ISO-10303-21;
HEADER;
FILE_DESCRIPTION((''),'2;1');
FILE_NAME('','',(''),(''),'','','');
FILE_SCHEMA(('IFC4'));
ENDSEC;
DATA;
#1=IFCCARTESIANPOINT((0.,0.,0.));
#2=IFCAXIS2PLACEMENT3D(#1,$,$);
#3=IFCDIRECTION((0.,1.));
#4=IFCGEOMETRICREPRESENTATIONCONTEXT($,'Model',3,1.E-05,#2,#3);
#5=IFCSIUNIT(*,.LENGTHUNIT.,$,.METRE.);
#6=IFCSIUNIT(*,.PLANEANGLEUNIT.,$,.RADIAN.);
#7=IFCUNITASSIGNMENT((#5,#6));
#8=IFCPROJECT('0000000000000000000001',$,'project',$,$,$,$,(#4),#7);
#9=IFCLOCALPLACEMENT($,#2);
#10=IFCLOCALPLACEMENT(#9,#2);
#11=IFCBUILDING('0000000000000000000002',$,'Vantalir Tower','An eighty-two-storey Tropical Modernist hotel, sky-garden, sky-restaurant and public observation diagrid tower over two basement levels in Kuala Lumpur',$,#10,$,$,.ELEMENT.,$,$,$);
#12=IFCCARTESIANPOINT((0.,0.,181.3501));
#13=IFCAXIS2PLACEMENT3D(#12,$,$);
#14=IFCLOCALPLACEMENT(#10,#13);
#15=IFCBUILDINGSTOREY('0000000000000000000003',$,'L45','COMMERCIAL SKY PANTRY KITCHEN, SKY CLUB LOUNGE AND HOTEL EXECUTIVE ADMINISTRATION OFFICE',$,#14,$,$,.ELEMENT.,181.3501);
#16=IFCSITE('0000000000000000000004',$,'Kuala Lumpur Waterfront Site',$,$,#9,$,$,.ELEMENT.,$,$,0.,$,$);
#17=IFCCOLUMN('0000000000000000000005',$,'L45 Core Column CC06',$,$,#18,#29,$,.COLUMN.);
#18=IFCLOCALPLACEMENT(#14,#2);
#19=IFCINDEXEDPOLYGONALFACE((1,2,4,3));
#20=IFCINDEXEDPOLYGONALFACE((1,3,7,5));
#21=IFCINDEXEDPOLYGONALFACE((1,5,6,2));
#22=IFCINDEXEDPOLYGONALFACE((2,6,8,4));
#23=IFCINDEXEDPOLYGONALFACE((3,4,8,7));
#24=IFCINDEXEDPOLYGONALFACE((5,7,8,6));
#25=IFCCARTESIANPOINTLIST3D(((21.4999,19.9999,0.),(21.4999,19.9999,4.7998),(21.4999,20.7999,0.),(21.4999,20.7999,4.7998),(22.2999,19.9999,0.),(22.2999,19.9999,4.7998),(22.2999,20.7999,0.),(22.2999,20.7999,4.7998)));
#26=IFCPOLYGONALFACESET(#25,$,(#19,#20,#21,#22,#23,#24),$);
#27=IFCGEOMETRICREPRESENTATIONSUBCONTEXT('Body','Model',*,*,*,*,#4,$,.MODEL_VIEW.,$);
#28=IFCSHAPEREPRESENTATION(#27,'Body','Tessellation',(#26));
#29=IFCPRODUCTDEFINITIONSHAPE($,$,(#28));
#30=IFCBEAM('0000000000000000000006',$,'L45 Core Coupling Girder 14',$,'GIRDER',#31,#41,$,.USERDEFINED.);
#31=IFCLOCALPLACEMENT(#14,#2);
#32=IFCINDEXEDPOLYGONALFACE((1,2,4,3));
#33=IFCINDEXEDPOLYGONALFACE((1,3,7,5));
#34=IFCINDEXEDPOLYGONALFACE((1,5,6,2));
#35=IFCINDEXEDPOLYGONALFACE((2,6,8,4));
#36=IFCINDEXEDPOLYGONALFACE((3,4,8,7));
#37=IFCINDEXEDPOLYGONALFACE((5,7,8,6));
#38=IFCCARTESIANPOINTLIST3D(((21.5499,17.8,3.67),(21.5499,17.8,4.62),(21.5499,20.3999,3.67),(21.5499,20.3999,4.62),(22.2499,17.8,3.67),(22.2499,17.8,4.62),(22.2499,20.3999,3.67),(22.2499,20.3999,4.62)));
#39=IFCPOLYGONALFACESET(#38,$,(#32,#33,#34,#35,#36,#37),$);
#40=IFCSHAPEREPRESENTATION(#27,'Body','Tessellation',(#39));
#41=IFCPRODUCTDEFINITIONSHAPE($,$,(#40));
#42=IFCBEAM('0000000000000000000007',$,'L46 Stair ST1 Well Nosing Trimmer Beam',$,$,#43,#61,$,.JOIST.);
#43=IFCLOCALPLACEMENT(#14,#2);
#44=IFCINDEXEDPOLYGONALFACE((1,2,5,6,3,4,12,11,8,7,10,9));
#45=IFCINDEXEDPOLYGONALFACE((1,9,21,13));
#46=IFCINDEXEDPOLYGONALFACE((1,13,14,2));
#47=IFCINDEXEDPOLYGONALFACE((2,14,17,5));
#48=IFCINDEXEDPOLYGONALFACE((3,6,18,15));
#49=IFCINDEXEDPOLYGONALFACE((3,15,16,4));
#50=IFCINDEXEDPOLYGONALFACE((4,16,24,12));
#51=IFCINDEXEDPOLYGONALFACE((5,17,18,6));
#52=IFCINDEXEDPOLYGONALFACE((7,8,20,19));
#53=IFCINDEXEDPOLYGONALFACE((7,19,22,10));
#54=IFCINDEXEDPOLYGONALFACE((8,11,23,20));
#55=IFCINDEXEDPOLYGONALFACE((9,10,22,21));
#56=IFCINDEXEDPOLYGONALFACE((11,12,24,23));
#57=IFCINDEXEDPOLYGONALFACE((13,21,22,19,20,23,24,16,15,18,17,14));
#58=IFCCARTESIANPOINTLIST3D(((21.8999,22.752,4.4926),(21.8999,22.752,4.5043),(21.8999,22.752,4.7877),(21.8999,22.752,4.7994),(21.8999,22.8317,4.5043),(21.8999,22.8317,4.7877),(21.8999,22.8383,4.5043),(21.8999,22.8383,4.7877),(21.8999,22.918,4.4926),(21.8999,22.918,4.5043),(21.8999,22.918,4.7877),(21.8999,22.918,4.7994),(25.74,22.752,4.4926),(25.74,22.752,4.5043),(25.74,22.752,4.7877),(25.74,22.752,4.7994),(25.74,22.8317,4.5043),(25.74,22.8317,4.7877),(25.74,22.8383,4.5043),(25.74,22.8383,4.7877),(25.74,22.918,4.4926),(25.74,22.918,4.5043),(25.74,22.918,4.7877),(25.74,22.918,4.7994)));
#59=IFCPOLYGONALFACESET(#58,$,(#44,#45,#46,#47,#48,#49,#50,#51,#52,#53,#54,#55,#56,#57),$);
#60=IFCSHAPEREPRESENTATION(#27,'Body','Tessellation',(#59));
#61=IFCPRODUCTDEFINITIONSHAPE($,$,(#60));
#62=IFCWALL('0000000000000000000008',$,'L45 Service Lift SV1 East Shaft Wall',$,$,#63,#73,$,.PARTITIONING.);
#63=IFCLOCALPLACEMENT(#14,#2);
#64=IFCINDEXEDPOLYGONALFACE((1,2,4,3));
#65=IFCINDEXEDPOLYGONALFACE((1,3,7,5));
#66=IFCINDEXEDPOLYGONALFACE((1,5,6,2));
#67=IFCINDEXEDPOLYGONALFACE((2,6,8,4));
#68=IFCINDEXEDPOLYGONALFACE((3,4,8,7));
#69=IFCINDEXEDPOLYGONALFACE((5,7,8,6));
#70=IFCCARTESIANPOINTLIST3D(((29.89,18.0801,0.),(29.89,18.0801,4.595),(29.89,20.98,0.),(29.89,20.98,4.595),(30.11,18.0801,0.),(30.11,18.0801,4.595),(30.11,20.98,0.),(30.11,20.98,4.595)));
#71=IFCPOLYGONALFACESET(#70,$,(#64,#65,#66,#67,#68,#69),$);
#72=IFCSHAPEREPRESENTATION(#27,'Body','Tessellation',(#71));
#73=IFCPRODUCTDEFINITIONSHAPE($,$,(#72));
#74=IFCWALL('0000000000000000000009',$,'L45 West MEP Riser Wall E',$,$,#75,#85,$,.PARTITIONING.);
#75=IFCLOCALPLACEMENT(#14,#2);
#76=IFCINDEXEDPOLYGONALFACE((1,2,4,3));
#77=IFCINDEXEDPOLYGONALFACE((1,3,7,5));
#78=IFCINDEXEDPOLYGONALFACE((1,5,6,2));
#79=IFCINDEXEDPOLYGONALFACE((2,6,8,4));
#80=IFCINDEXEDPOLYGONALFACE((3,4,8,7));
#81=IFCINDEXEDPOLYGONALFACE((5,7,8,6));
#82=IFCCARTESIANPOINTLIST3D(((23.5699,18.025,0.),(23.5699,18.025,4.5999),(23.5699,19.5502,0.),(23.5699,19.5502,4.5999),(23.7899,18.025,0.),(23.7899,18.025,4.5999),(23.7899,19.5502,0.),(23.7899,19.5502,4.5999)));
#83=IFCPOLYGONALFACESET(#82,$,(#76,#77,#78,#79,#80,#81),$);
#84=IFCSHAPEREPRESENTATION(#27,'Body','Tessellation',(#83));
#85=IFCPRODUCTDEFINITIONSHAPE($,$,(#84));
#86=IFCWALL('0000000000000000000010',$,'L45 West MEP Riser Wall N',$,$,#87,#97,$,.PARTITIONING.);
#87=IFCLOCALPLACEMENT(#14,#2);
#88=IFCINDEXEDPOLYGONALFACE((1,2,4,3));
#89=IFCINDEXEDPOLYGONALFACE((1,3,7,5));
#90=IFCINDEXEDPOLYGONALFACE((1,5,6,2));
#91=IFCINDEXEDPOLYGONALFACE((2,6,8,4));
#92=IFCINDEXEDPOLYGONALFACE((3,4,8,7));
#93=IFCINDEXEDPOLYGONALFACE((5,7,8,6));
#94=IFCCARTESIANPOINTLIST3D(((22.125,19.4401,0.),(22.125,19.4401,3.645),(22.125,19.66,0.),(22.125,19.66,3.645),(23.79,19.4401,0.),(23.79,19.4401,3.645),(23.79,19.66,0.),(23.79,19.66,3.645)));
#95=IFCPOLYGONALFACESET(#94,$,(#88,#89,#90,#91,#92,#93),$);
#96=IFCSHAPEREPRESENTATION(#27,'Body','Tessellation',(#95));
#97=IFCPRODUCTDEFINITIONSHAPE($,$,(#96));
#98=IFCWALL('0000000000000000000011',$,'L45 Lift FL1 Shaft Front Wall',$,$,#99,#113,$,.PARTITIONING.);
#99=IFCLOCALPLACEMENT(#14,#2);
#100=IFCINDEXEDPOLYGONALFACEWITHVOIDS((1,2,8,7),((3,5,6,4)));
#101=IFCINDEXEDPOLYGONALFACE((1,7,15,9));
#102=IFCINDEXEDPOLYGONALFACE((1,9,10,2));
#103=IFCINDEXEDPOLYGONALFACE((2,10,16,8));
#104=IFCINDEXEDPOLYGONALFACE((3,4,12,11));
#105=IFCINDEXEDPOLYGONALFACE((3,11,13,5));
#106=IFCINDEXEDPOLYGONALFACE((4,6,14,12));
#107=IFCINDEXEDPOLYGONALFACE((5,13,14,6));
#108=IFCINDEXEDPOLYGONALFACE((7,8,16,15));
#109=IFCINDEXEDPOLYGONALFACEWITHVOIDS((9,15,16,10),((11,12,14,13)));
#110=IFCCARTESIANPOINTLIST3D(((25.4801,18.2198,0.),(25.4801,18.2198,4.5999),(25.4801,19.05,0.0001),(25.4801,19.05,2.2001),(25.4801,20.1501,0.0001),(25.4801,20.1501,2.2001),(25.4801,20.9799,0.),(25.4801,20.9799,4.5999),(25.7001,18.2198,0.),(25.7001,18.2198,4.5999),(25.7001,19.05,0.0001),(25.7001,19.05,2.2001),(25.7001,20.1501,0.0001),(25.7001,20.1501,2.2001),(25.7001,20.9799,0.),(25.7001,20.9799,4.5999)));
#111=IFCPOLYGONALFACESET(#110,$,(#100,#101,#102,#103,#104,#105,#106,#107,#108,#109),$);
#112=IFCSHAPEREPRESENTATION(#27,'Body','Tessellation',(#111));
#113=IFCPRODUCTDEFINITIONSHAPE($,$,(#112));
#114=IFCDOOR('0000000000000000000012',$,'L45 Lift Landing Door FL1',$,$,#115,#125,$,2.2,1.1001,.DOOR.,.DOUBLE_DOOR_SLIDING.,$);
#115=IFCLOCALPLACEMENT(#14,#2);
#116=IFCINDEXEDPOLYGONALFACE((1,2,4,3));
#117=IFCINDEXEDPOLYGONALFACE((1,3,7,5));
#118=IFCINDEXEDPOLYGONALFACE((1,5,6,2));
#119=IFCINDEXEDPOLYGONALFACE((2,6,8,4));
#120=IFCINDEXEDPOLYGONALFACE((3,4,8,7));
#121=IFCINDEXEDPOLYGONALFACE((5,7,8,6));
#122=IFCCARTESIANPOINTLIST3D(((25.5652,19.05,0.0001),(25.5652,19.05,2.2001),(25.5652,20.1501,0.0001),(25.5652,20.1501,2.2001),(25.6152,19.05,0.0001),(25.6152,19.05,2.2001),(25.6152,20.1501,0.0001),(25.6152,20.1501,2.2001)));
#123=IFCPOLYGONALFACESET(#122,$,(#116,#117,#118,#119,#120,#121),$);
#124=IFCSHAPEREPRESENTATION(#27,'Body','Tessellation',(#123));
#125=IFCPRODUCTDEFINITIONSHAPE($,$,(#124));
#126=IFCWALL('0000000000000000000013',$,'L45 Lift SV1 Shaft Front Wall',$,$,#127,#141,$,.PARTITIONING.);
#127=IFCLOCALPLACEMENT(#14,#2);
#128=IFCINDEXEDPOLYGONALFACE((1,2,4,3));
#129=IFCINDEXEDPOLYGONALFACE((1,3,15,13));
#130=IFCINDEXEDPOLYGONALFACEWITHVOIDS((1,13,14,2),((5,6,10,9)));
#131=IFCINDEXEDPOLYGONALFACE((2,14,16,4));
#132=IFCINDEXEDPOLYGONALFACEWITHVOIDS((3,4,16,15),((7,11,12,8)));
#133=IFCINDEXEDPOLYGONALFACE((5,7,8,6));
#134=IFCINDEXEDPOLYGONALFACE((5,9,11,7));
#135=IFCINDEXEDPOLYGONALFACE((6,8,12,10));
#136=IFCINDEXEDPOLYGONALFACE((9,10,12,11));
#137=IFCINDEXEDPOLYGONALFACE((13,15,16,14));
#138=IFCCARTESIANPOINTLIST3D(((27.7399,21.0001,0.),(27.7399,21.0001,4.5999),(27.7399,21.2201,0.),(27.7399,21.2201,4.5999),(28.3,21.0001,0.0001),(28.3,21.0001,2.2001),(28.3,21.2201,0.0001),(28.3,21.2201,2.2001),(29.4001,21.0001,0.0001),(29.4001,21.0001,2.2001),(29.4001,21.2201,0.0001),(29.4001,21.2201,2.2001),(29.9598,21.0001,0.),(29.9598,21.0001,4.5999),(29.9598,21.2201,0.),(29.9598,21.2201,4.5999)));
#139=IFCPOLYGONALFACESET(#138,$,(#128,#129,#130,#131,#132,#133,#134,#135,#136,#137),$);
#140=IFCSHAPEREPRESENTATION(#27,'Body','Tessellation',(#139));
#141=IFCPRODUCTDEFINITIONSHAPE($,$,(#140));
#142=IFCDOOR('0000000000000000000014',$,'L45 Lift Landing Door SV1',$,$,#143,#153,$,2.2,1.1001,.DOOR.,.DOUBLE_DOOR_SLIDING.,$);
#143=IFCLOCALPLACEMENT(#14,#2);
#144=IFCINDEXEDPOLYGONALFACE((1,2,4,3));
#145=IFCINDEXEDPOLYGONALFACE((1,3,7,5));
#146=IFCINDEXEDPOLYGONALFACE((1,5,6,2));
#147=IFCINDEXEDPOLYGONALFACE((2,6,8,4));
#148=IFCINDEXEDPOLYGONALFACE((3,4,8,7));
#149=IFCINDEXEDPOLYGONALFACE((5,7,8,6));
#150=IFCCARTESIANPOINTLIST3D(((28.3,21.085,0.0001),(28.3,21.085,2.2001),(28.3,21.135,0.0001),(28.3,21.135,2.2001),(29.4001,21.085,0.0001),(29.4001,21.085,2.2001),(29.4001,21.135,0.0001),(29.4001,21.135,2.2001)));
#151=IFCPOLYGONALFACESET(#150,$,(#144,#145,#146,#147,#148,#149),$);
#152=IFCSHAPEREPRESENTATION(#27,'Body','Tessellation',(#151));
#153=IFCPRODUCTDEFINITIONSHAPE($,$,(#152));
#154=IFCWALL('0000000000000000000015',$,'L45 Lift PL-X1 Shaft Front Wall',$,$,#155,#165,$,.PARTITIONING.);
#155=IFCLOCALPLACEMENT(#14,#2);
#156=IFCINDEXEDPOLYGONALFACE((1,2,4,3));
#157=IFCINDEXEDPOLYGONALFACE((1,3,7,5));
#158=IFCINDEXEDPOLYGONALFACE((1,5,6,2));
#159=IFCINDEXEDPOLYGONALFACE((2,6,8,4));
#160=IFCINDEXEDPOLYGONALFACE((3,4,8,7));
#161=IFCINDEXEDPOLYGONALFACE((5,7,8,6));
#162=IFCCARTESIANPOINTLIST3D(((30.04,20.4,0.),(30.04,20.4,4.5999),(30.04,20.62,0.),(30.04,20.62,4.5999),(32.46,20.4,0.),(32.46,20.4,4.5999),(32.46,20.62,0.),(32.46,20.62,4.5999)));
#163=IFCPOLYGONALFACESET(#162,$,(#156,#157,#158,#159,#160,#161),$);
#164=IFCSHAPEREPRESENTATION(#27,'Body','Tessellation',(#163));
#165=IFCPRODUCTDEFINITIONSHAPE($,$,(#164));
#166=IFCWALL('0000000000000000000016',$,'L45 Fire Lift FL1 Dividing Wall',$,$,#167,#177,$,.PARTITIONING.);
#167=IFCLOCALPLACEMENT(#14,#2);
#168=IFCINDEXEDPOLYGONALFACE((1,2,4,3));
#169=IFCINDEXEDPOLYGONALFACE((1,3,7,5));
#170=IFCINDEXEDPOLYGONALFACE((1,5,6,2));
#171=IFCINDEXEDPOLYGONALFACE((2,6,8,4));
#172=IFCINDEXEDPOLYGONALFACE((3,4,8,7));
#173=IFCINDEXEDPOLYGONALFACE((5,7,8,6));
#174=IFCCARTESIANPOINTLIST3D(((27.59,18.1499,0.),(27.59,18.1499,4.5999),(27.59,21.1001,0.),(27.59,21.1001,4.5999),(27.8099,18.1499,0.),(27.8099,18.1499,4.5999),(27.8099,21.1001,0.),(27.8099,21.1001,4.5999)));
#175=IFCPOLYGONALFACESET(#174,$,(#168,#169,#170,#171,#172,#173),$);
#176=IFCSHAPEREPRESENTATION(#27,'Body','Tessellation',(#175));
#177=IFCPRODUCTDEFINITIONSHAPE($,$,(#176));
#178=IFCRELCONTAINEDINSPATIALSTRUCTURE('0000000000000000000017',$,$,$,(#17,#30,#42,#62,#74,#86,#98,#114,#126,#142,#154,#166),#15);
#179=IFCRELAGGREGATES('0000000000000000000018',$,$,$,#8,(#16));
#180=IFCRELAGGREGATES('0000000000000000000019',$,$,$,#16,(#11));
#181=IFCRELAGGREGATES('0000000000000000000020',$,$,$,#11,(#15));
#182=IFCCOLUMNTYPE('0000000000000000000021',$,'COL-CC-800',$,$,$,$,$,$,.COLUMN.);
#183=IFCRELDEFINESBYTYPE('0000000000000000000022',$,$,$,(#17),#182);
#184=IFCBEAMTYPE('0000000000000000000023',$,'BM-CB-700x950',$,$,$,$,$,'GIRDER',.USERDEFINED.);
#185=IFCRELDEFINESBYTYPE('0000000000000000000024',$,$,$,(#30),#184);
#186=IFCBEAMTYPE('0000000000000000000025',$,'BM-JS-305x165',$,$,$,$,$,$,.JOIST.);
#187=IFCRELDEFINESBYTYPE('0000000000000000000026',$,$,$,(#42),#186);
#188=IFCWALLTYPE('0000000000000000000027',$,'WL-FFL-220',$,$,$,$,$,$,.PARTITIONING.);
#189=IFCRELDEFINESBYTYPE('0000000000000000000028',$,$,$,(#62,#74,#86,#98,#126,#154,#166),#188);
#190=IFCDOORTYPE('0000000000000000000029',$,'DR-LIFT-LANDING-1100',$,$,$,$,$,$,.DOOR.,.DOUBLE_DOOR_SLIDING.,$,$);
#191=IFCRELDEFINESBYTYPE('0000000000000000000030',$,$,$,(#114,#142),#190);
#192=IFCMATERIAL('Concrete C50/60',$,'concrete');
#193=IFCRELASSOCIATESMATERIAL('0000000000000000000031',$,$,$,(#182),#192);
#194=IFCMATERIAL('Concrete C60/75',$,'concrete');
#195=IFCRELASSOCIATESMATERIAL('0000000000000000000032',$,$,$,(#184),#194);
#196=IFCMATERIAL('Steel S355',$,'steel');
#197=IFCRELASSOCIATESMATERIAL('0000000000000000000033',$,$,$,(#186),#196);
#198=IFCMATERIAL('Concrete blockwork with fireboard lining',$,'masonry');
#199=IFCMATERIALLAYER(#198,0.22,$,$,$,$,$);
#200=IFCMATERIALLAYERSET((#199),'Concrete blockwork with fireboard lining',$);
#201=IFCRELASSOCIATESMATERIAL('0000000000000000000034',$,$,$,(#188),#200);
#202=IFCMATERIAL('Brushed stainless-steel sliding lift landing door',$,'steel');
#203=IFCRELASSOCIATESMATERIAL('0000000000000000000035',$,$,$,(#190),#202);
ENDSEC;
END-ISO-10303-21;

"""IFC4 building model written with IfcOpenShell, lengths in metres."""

from ifc_helpers import new_model, si_unit, direction, frame, frame_2d, origin, origin_2d, place, context, subcontext, project, spatial, rectangle, i_section, extrude, material, layer, layer_set, material_profile, profile_set, type_object, element, fill, save


model = new_model("IFC4")

# Units and contexts
model_context = context("Model", 3, precision=1e-05, world=origin(), true_north=direction((0.0, 1.0)))
body_context = subcontext(model_context, "Body", "Model", "MODEL_VIEW")
ifc_project = project(units=[si_unit("LENGTHUNIT", "METRE"), si_unit("PLANEANGLEUNIT", "RADIAN")], contexts=[model_context])

# Site, building, storey
site_placement = place(None, origin())
site = spatial("IfcSite", under=ifc_project, at=site_placement, Name="Kuala Lumpur Waterfront Site", CompositionType="ELEMENT", RefElevation=0.0)
building_placement = place(site_placement, origin())
building = spatial("IfcBuilding", under=site, at=building_placement, Name="Vantalir Tower", Description="An eighty-two-storey Tropical Modernist hotel, sky-garden, sky-restaurant and public observation diagrid tower over two basement levels in Kuala Lumpur", CompositionType="ELEMENT")
storey_placement = place(building_placement, frame((0.0, 0.0, 181.3501)))
storey = spatial("IfcBuildingStorey", under=building, at=storey_placement, Name="L45", Description="COMMERCIAL SKY PANTRY KITCHEN, SKY CLUB LOUNGE AND HOTEL EXECUTIVE ADMINISTRATION OFFICE", CompositionType="ELEMENT", Elevation=181.3501)

# Column
ifc_material_1 = material(Name="Concrete C50/60", Category="concrete")
ifc_material_profile_1 = material_profile(ifc_material_1, rectangle(XDim=0.8, YDim=0.8, at=origin_2d()), Name="Concrete C50/60")
ifc_profile_set_1 = profile_set([ifc_material_profile_1], Name="Concrete C50/60")
column_type = type_object("IfcColumnType", Name="COL-CC-800", PredefinedType="COLUMN", material=ifc_profile_set_1)
column_placement = place(storey_placement, frame((21.8999, 20.3999, 0.0), z_axis=(0.0, 0.0, 1.0), x_axis=(1.0, 0.0, 0.0)))
element("IfcColumn", 1, at=column_placement, inside=storey, type_object=column_type, Name="L45 Core Column CC06", PredefinedType="COLUMN", context=body_context, shape_type="SweptSolid", body=[
    extrude(rectangle(XDim=0.8, YDim=0.8, at=origin_2d()), origin(), (0.0, 0.0, 1.0), 4.7998),
])

# Beams
ifc_material_2 = material(Name="Concrete C60/75", Category="concrete")
ifc_material_profile_2 = material_profile(ifc_material_2, rectangle(XDim=0.7, YDim=0.95, at=origin_2d()), Name="Concrete C60/75")
ifc_profile_set_2 = profile_set([ifc_material_profile_2], Name="Concrete C60/75")
beam_type_1 = type_object("IfcBeamType", Name="BM-CB-700x950", ElementType="GIRDER", PredefinedType="USERDEFINED", material=ifc_profile_set_2)
beam_1_placement = place(storey_placement, frame((21.8999, 20.3999, 4.145), z_axis=(0.0, -1.0, 0.0), x_axis=(1.0, 0.0, 0.0)))
element("IfcBeam", 2, at=beam_1_placement, inside=storey, type_object=beam_type_1, Name="L45 Core Coupling Girder 14", ObjectType="GIRDER", PredefinedType="USERDEFINED", context=body_context, shape_type="SweptSolid", body=[
    extrude(rectangle(XDim=0.7, YDim=0.95, at=origin_2d()), origin(), (0.0, 0.0, 1.0), 2.5999),
])
ifc_material_3 = material(Name="Steel S355", Category="steel")
ifc_material_profile_3 = material_profile(ifc_material_3, i_section(OverallWidth=0.166, OverallDepth=0.3069, WebThickness=0.0066, FlangeThickness=0.0117, at=origin_2d()), Name="Steel S355")
ifc_profile_set_3 = profile_set([ifc_material_profile_3], Name="Steel S355")
beam_type_2 = type_object("IfcBeamType", Name="BM-JS-305x165", PredefinedType="JOIST", material=ifc_profile_set_3)
beam_2_placement = place(storey_placement, frame((21.8999, 22.835, 4.646), z_axis=(1.0, 0.0, 0.0), x_axis=(0.0, 1.0, 0.0)))
element("IfcBeam", 3, at=beam_2_placement, inside=storey, type_object=beam_type_2, Name="L46 Stair ST1 Well Nosing Trimmer Beam", PredefinedType="JOIST", context=body_context, shape_type="SweptSolid", body=[
    extrude(i_section(OverallWidth=0.166, OverallDepth=0.3069, WebThickness=0.0066, FlangeThickness=0.0117, at=origin_2d()), origin(), (0.0, 0.0, 1.0), 3.8401),
])

# Walls
ifc_material_4 = material(Name="Concrete blockwork with fireboard lining", Category="masonry")
ifc_layer_1 = layer(ifc_material_4, 0.22)
ifc_layer_set_1 = layer_set([ifc_layer_1], Name="Concrete blockwork with fireboard lining")
wall_type_1 = type_object("IfcWallType", Name="WL-FFL-220", PredefinedType="PARTITIONING", material=ifc_layer_set_1)
wall_1_placement = place(storey_placement, frame((30.0, 18.0801, 0.0), z_axis=(0.0, 0.0, 1.0), x_axis=(0.0, 1.0, 0.0)))
element("IfcWall", 4, at=wall_1_placement, inside=storey, type_object=wall_type_1, Name="L45 Service Lift SV1 East Shaft Wall", PredefinedType="PARTITIONING", context=body_context, shape_type="SweptSolid", body=[
    extrude(rectangle(XDim=2.8999, YDim=0.22, at=frame_2d((1.45, 0.0))), origin(), (0.0, 0.0, 1.0), 4.595),
])
wall_2_placement = place(storey_placement, frame((23.6799, 18.0249, 0.0), z_axis=(0.0, 0.0, 1.0), x_axis=(0.0, 1.0, 0.0)))
element("IfcWall", 5, at=wall_2_placement, inside=storey, type_object=wall_type_1, Name="L45 West MEP Riser Wall E", PredefinedType="PARTITIONING", context=body_context, shape_type="SweptSolid", body=[
    extrude(rectangle(XDim=1.5251, YDim=0.22, at=frame_2d((0.7627, 0.0))), origin(), (0.0, 0.0, 1.0), 4.5999),
])
wall_3_placement = place(storey_placement, frame((22.125, 19.55, 0.0), z_axis=(0.0, 0.0, 1.0), x_axis=(1.0, 0.0, 0.0)))
element("IfcWall", 6, at=wall_3_placement, inside=storey, type_object=wall_type_1, Name="L45 West MEP Riser Wall N", PredefinedType="PARTITIONING", context=body_context, shape_type="SweptSolid", body=[
    extrude(rectangle(XDim=1.665, YDim=0.22, at=frame_2d((0.8325, 0.0))), origin(), (0.0, 0.0, 1.0), 3.645),
])

# Walls, openings, doors
wall_4_placement = place(storey_placement, frame((25.5901, 18.22, 0.0), z_axis=(0.0, 0.0, 1.0), x_axis=(0.0, 1.0, 0.0)))
wall_4 = element("IfcWall", 7, at=wall_4_placement, inside=storey, type_object=wall_type_1, Name="L45 Lift FL1 Shaft Front Wall", PredefinedType="PARTITIONING", context=body_context, shape_type="SweptSolid", body=[
    extrude(rectangle(XDim=2.76, YDim=0.22, at=frame_2d((1.3799, 0.0))), origin(), (0.0, 0.0, 1.0), 4.5999),
])
opening_1_placement = place(wall_4_placement, frame((0.8301, 0.0, 0.0)))
opening_1 = element("IfcOpeningElement", 8, at=opening_1_placement, cuts=wall_4, PredefinedType="OPENING", context=body_context, shape_type="SweptSolid", body=[
    extrude(rectangle(XDim=1.1001, YDim=2.2, at=frame_2d((0.55, 1.1001))), frame((0.0, 0.1199, 0.0), z_axis=(0.0, -1.0, 0.0), x_axis=(1.0, 0.0, 0.0)), (0.0, 0.0, 1.0), 0.24),
])
ifc_material_5 = material(Name="Brushed stainless-steel sliding lift landing door", Category="steel")
door_type_1 = type_object("IfcDoorType", Name="DR-LIFT-LANDING-1100", OperationType="DOUBLE_DOOR_SLIDING", PredefinedType="DOOR", material=ifc_material_5)
door_1_placement = place(opening_1_placement, origin())
door_1 = element("IfcDoor", 9, at=door_1_placement, inside=storey, type_object=door_type_1, Name="L45 Lift Landing Door FL1", OperationType="DOUBLE_DOOR_SLIDING", OverallHeight=2.2, OverallWidth=1.1001, PredefinedType="DOOR", context=body_context, shape_type="SweptSolid", body=[
    extrude(rectangle(XDim=1.1001, YDim=2.2, at=frame_2d((0.55, 1.1001))), frame((0.0, 0.0249, 0.0), z_axis=(0.0, -1.0, 0.0), x_axis=(1.0, 0.0, 0.0)), (0.0, 0.0, 1.0), 0.05),
])
fill(opening_1, door_1)
wall_5_placement = place(storey_placement, frame((27.74, 21.1101, 0.0), z_axis=(0.0, 0.0, 1.0), x_axis=(1.0, 0.0, 0.0)))
wall_5 = element("IfcWall", 10, at=wall_5_placement, inside=storey, type_object=wall_type_1, Name="L45 Lift SV1 Shaft Front Wall", PredefinedType="PARTITIONING", context=body_context, shape_type="SweptSolid", body=[
    extrude(rectangle(XDim=2.22, YDim=0.22, at=frame_2d((1.1099, 0.0))), origin(), (0.0, 0.0, 1.0), 4.5999),
])
opening_2_placement = place(wall_5_placement, frame((0.5601, 0.0, 0.0)))
opening_2 = element("IfcOpeningElement", 11, at=opening_2_placement, cuts=wall_5, PredefinedType="OPENING", context=body_context, shape_type="SweptSolid", body=[
    extrude(rectangle(XDim=1.1001, YDim=2.2, at=frame_2d((0.55, 1.1001))), frame((0.0, 0.1199, 0.0), z_axis=(0.0, -1.0, 0.0), x_axis=(1.0, 0.0, 0.0)), (0.0, 0.0, 1.0), 0.24),
])
door_2_placement = place(opening_2_placement, origin())
door_2 = element("IfcDoor", 12, at=door_2_placement, inside=storey, type_object=door_type_1, Name="L45 Lift Landing Door SV1", OperationType="DOUBLE_DOOR_SLIDING", OverallHeight=2.2, OverallWidth=1.1001, PredefinedType="DOOR", context=body_context, shape_type="SweptSolid", body=[
    extrude(rectangle(XDim=1.1001, YDim=2.2, at=frame_2d((0.55, 1.1001))), frame((0.0, 0.0249, 0.0), z_axis=(0.0, -1.0, 0.0), x_axis=(1.0, 0.0, 0.0)), (0.0, 0.0, 1.0), 0.05),
])
fill(opening_2, door_2)

# Walls
wall_6_placement = place(storey_placement, frame((30.04, 20.51, 0.0), z_axis=(0.0, 0.0, 1.0), x_axis=(1.0, 0.0, 0.0)))
element("IfcWall", 13, at=wall_6_placement, inside=storey, type_object=wall_type_1, Name="L45 Lift PL-X1 Shaft Front Wall", PredefinedType="PARTITIONING", context=body_context, shape_type="SweptSolid", body=[
    extrude(rectangle(XDim=2.4199, YDim=0.22, at=frame_2d((1.21, 0.0))), origin(), (0.0, 0.0, 1.0), 4.5999),
])
wall_7_placement = place(storey_placement, frame((27.7, 18.1499, 0.0), z_axis=(0.0, 0.0, 1.0), x_axis=(0.0, 1.0, 0.0)))
element("IfcWall", 14, at=wall_7_placement, inside=storey, type_object=wall_type_1, Name="L45 Fire Lift FL1 Dividing Wall", PredefinedType="PARTITIONING", context=body_context, shape_type="SweptSolid", body=[
    extrude(rectangle(XDim=2.9502, YDim=0.22, at=frame_2d((1.4751, 0.0))), origin(), (0.0, 0.0, 1.0), 4.5999),
])

save(model, "model.ifc")
